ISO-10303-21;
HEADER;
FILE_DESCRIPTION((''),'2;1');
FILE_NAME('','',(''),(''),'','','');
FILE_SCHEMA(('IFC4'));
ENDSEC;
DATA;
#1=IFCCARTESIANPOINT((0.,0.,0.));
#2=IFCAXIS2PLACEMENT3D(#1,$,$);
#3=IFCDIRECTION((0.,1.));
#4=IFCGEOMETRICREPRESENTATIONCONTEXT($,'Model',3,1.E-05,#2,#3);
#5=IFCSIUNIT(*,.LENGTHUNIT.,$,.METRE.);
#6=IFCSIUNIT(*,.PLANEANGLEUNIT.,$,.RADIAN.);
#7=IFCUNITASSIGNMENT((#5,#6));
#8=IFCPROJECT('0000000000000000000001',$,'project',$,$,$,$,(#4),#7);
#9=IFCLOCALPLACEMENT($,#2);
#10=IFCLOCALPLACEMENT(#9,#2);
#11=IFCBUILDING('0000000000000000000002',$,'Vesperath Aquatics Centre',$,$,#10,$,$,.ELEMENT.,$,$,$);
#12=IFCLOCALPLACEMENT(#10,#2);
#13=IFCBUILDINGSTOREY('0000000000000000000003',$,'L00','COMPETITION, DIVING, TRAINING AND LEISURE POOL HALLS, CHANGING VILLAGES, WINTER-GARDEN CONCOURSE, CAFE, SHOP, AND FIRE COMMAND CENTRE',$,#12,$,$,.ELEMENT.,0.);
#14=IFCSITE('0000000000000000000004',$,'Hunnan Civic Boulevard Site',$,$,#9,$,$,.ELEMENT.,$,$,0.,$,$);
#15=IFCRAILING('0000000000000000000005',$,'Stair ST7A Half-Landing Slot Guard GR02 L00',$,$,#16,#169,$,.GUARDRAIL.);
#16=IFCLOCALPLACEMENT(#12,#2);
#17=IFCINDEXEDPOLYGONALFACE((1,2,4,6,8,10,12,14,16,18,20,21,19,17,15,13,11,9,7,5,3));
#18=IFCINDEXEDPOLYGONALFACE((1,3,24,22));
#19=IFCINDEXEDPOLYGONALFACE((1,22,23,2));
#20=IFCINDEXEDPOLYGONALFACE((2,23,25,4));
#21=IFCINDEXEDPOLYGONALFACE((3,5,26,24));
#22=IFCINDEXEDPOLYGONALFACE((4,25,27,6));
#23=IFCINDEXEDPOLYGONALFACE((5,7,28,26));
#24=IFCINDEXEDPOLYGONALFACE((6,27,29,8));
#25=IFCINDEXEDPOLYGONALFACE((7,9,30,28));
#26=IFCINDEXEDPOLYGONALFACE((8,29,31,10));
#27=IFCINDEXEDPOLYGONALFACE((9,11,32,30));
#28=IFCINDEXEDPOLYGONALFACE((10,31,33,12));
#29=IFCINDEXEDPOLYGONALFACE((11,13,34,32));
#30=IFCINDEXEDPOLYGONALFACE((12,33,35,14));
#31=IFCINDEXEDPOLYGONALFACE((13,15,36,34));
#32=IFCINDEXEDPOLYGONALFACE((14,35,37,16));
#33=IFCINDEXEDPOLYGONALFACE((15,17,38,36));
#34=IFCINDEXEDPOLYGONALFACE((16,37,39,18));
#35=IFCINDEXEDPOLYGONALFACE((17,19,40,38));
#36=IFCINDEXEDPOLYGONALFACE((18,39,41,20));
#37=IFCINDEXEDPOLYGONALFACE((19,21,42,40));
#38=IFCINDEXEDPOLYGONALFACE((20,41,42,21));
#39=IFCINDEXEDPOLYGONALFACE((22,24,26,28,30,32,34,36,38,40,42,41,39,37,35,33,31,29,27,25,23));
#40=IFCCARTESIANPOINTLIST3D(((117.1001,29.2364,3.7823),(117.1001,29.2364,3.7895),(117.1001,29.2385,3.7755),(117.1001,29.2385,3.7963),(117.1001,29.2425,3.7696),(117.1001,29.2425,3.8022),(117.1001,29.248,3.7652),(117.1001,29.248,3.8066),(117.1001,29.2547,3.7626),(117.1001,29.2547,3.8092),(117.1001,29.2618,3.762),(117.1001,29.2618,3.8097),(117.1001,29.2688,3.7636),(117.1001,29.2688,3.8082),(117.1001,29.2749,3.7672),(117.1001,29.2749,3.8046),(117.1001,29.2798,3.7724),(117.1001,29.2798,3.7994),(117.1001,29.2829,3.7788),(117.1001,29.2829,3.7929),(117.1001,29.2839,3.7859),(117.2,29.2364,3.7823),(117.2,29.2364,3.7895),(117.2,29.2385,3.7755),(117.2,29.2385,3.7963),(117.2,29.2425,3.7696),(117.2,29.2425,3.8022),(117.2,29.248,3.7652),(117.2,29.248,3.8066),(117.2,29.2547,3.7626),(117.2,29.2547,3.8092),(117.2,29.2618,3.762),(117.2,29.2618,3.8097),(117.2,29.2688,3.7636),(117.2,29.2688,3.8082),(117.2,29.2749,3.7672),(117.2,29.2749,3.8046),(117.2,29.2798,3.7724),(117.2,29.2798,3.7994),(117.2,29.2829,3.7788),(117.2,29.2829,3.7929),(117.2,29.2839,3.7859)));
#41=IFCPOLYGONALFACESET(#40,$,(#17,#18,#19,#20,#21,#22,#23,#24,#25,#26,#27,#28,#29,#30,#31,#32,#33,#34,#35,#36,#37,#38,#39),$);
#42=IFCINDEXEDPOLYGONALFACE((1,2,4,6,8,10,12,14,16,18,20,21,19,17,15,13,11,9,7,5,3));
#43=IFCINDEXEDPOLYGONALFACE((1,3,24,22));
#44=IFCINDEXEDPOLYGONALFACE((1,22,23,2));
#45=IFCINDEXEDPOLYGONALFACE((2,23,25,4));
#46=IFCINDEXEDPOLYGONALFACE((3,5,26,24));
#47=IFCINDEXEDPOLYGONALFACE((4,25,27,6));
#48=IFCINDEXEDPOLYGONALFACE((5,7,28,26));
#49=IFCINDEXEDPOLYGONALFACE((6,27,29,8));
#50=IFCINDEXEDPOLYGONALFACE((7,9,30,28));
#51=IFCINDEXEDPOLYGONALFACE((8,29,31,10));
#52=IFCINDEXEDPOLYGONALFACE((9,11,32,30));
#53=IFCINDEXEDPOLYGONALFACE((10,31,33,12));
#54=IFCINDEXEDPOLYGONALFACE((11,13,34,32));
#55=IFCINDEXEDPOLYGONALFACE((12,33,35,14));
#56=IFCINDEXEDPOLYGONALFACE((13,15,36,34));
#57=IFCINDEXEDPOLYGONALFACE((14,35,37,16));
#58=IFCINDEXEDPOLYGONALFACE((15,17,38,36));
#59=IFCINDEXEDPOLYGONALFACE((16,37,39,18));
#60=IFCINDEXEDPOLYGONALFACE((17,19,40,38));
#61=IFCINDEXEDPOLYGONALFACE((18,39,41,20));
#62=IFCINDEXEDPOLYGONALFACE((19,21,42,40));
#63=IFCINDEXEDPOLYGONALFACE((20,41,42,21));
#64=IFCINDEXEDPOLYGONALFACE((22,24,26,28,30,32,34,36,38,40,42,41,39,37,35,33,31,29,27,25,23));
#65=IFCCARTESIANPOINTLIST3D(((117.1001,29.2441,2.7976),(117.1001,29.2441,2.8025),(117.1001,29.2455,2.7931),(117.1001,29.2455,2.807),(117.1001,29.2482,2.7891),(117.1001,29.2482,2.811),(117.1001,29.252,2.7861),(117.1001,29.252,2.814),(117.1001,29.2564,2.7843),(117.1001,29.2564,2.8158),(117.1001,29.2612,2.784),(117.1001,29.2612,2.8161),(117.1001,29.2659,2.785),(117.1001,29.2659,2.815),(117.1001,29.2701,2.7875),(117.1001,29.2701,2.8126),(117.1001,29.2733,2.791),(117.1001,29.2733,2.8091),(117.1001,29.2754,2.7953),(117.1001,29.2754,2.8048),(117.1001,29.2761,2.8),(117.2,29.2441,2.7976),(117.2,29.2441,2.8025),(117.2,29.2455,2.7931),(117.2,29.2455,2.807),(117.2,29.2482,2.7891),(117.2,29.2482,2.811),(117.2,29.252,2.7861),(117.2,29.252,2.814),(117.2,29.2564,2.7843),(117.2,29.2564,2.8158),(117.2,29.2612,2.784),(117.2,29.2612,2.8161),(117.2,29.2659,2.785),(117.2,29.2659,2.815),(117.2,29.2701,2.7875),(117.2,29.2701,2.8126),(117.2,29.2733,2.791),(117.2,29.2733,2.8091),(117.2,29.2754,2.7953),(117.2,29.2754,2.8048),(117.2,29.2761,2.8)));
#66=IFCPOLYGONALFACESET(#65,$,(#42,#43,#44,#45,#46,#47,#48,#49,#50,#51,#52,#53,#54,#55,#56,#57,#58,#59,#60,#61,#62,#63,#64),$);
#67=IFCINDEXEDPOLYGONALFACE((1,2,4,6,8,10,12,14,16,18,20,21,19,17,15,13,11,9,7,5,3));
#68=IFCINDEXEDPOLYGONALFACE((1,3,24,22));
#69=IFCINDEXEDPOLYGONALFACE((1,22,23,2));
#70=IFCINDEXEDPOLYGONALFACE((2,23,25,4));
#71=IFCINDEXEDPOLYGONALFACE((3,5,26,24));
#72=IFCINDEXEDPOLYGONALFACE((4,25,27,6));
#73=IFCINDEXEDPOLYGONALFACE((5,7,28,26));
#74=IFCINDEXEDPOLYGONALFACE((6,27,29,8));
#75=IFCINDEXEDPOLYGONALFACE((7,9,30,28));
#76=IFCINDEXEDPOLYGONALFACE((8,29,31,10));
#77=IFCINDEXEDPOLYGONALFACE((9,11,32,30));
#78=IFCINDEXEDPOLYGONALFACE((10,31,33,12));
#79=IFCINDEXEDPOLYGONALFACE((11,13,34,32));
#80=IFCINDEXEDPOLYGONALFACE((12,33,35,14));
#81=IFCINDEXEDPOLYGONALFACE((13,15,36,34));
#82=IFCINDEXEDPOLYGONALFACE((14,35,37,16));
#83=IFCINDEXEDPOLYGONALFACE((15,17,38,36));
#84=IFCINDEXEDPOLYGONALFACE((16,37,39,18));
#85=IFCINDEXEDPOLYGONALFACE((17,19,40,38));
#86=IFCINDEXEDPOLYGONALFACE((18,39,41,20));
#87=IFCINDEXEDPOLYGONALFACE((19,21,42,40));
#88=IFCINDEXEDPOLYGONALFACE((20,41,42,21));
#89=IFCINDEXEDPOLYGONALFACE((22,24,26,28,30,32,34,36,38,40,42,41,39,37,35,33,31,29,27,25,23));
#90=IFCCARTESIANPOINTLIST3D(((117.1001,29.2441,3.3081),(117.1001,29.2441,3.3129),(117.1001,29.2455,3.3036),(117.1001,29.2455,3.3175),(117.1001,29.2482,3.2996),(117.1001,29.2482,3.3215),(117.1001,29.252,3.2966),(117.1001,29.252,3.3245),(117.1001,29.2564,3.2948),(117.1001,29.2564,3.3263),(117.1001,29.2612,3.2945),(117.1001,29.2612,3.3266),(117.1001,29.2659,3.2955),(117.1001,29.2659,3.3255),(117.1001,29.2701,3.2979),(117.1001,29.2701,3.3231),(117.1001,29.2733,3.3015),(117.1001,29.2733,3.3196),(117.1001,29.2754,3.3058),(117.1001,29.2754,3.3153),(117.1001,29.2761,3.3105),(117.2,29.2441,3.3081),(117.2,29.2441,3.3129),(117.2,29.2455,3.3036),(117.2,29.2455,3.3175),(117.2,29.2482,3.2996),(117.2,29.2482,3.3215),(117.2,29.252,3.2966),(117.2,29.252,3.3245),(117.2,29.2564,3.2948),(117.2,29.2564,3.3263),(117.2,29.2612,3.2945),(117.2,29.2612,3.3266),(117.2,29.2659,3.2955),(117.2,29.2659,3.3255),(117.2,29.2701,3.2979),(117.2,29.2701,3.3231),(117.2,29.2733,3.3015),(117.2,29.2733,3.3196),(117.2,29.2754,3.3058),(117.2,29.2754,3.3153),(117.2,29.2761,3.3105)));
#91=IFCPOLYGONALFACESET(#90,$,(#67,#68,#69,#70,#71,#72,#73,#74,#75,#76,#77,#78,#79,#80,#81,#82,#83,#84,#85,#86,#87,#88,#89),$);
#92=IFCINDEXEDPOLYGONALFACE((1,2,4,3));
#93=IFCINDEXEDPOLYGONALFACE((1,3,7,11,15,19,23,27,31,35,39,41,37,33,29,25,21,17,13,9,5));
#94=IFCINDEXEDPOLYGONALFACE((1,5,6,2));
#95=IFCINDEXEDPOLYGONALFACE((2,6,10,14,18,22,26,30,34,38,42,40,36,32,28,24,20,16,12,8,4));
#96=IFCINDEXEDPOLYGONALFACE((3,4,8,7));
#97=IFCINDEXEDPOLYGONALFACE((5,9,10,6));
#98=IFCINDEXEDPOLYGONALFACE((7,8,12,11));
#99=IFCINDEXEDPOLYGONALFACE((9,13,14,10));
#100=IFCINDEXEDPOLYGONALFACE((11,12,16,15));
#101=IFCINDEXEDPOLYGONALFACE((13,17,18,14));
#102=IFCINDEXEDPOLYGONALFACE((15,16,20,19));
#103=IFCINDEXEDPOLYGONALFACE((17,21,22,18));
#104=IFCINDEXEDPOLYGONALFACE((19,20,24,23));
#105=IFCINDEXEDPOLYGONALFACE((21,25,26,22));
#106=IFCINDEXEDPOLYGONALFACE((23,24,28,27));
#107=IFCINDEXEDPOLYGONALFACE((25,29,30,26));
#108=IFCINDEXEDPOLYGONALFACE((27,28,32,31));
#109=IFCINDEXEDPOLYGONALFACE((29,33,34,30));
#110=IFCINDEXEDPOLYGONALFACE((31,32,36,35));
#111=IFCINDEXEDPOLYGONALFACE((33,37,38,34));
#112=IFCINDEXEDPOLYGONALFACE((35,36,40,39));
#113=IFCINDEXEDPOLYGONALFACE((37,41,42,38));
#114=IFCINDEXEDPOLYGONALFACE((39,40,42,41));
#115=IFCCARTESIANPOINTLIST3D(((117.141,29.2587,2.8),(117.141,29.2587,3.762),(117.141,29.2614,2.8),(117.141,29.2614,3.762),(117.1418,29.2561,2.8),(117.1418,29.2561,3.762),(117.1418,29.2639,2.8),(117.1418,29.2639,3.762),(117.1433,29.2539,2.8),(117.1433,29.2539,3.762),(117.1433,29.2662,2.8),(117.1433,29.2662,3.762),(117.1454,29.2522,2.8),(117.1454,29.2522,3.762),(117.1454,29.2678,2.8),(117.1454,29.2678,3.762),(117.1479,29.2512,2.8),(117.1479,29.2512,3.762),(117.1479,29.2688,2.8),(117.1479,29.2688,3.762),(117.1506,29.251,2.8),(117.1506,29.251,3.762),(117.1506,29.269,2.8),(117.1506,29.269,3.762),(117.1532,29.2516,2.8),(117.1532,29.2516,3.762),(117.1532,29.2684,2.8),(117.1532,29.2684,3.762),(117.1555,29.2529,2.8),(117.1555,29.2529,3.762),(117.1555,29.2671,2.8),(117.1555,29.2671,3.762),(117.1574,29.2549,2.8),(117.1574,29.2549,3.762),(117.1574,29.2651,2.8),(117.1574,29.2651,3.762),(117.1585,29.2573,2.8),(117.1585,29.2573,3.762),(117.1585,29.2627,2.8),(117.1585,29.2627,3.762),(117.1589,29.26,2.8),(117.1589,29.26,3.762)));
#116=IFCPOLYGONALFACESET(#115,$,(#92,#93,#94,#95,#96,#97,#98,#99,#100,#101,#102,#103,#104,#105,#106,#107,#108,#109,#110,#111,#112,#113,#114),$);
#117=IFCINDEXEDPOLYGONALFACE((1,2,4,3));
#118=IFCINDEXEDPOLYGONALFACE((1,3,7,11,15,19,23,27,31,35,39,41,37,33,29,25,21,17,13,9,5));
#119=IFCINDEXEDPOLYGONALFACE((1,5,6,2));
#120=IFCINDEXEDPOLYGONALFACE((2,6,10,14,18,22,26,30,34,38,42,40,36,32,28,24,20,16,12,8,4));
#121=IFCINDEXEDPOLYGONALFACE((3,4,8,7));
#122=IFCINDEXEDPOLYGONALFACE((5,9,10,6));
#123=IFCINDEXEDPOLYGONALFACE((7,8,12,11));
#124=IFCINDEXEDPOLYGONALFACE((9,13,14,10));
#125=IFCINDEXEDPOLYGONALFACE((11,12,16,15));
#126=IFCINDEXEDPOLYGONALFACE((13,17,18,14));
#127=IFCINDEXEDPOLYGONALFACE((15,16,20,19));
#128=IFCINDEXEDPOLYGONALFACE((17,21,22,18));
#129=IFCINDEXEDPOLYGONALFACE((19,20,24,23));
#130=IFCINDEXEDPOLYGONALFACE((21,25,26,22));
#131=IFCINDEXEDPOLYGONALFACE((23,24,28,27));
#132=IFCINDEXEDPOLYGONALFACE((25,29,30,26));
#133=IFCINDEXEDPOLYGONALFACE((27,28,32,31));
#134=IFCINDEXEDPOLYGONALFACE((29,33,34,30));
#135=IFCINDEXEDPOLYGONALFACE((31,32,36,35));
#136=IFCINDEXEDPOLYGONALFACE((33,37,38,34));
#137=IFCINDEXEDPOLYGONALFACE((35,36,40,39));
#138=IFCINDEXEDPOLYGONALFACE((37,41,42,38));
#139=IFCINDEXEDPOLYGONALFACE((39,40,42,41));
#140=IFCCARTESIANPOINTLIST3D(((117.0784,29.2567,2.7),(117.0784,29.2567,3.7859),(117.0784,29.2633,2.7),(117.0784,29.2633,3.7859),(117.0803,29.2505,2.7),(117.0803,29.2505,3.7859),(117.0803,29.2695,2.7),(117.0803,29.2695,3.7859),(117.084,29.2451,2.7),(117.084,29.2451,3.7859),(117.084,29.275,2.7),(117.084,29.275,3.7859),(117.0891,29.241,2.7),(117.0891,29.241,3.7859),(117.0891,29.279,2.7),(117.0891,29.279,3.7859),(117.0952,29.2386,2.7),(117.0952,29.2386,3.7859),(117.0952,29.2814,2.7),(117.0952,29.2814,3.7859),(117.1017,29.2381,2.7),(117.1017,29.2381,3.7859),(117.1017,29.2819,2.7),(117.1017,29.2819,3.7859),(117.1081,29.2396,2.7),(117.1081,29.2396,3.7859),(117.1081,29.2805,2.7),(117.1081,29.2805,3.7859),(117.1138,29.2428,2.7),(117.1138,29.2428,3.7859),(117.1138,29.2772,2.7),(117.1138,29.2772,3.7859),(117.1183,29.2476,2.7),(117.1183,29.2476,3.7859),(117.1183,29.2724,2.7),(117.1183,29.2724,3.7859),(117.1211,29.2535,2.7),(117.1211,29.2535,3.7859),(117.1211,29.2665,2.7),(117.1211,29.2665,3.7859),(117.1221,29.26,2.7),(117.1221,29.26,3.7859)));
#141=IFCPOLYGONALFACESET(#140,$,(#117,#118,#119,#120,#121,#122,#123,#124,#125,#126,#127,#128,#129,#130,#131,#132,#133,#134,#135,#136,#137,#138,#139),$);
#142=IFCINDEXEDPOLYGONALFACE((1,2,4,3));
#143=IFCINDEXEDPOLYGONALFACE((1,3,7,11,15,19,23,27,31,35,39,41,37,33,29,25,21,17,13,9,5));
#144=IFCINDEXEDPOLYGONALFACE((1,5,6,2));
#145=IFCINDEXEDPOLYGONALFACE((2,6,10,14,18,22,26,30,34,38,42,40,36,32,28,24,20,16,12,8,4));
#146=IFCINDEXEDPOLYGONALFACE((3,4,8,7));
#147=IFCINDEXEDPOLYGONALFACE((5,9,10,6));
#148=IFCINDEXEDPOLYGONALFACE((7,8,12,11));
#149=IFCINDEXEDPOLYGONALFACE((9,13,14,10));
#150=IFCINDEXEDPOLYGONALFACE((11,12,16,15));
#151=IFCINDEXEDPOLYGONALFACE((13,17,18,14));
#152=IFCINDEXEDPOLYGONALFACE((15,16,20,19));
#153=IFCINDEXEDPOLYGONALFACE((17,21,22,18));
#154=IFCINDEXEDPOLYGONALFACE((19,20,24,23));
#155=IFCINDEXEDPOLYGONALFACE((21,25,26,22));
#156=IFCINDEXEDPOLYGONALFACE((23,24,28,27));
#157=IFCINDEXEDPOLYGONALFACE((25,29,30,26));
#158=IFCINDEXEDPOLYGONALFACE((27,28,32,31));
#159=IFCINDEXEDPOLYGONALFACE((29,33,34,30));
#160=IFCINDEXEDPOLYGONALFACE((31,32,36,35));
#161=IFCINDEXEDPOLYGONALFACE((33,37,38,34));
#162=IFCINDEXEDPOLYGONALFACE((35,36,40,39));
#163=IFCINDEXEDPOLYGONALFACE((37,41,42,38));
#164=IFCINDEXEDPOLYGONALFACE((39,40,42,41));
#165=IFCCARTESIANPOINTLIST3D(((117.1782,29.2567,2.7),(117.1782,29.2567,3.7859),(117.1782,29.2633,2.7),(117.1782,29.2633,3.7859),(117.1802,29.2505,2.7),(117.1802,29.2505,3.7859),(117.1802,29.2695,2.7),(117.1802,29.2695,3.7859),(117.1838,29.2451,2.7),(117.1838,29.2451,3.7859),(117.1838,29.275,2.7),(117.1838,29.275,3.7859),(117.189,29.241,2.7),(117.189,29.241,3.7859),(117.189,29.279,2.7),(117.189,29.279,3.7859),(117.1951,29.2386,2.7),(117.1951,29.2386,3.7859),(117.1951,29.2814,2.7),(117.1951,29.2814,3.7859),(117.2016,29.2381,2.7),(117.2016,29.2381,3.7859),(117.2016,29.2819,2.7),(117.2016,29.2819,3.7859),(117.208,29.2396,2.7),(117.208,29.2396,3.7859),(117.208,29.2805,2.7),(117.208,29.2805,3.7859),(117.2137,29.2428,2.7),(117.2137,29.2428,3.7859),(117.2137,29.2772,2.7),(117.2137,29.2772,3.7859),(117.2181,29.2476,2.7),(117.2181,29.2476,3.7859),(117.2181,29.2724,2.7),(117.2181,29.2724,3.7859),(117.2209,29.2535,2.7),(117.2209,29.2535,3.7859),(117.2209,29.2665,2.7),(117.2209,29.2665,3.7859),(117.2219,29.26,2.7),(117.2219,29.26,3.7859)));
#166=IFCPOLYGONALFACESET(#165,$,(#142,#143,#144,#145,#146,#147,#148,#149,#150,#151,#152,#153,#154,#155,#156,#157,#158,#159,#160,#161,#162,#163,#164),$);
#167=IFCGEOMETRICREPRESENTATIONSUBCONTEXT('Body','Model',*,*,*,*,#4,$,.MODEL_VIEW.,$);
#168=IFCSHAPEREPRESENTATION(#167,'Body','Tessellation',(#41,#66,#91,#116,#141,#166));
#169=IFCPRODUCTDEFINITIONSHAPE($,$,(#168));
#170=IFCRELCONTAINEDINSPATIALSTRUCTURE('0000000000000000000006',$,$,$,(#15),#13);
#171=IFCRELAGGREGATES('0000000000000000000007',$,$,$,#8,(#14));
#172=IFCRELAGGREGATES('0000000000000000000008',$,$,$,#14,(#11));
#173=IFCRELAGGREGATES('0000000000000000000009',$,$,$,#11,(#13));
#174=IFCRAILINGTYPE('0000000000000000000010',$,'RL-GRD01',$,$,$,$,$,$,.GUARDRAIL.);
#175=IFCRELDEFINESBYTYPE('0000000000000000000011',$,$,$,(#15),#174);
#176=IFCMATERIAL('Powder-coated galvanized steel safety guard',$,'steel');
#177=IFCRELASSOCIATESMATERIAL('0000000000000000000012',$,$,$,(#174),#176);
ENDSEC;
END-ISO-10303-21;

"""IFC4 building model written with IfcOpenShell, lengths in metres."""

from ifc_helpers import new_model, si_unit, direction, frame, origin, origin_2d, place, context, subcontext, project, spatial, circle, extrude, material, type_object, element, save


model = new_model("IFC4")

# Units and contexts
model_context = context("Model", 3, precision=1e-05, world=origin(), true_north=direction((0.0, 1.0)))
body_context = subcontext(model_context, "Body", "Model", "MODEL_VIEW")
ifc_project = project(units=[si_unit("LENGTHUNIT", "METRE"), si_unit("PLANEANGLEUNIT", "RADIAN")], contexts=[model_context])

# Site, building, storey
site_placement = place(None, origin())
site = spatial("IfcSite", under=ifc_project, at=site_placement, Name="Hunnan Civic Boulevard Site", CompositionType="ELEMENT", RefElevation=0.0)
building_placement = place(site_placement, origin())
building = spatial("IfcBuilding", under=site, at=building_placement, Name="Vesperath Aquatics Centre", CompositionType="ELEMENT")
storey_placement = place(building_placement, origin())
storey = spatial("IfcBuildingStorey", under=building, at=storey_placement, Name="L00", Description="COMPETITION, DIVING, TRAINING AND LEISURE POOL HALLS, CHANGING VILLAGES, WINTER-GARDEN CONCOURSE, CAFE, SHOP, AND FIRE COMMAND CENTRE", CompositionType="ELEMENT", Elevation=0.0)

# Railing
ifc_material_1 = material(Name="Powder-coated galvanized steel safety guard", Category="steel")
railing_type_1 = type_object("IfcRailingType", Name="RL-GRD01", PredefinedType="GUARDRAIL", material=ifc_material_1)
railing_1_placement = place(storey_placement, frame((117.1001, 29.26, 2.7)))
element("IfcRailing", 1, at=railing_1_placement, inside=storey, type_object=railing_type_1, Name="Stair ST7A Half-Landing Slot Guard GR02 L00", PredefinedType="GUARDRAIL", context=body_context, shape_type="SweptSolid", body=[
    extrude(circle(Radius=0.0239, at=origin_2d()), frame((0.0, 0.0, 1.0859), z_axis=(1.0, 0.0, 0.0), x_axis=(0.0, 1.0, 0.0)), (0.0, 0.0, 1.0), 0.0999),
    extrude(circle(Radius=0.0161, at=origin_2d()), frame((0.0, 0.0, 0.1001), z_axis=(1.0, 0.0, 0.0), x_axis=(0.0, 1.0, 0.0)), (0.0, 0.0, 1.0), 0.0999),
    extrude(circle(Radius=0.0161, at=origin_2d()), frame((0.0, 0.0, 0.6106), z_axis=(1.0, 0.0, 0.0), x_axis=(0.0, 1.0, 0.0)), (0.0, 0.0, 1.0), 0.0999),
    extrude(circle(Radius=0.009, at=origin_2d()), frame((0.0498, 0.0, 0.1001)), (0.0, 0.0, 1.0), 0.9619),
    extrude(circle(Radius=0.022, at=origin_2d()), origin(), (0.0, 0.0, 1.0), 1.0859),
    extrude(circle(Radius=0.022, at=origin_2d()), frame((0.0999, 0.0, 0.0)), (0.0, 0.0, 1.0), 1.0859),
])

save(model, "model.ifc")
